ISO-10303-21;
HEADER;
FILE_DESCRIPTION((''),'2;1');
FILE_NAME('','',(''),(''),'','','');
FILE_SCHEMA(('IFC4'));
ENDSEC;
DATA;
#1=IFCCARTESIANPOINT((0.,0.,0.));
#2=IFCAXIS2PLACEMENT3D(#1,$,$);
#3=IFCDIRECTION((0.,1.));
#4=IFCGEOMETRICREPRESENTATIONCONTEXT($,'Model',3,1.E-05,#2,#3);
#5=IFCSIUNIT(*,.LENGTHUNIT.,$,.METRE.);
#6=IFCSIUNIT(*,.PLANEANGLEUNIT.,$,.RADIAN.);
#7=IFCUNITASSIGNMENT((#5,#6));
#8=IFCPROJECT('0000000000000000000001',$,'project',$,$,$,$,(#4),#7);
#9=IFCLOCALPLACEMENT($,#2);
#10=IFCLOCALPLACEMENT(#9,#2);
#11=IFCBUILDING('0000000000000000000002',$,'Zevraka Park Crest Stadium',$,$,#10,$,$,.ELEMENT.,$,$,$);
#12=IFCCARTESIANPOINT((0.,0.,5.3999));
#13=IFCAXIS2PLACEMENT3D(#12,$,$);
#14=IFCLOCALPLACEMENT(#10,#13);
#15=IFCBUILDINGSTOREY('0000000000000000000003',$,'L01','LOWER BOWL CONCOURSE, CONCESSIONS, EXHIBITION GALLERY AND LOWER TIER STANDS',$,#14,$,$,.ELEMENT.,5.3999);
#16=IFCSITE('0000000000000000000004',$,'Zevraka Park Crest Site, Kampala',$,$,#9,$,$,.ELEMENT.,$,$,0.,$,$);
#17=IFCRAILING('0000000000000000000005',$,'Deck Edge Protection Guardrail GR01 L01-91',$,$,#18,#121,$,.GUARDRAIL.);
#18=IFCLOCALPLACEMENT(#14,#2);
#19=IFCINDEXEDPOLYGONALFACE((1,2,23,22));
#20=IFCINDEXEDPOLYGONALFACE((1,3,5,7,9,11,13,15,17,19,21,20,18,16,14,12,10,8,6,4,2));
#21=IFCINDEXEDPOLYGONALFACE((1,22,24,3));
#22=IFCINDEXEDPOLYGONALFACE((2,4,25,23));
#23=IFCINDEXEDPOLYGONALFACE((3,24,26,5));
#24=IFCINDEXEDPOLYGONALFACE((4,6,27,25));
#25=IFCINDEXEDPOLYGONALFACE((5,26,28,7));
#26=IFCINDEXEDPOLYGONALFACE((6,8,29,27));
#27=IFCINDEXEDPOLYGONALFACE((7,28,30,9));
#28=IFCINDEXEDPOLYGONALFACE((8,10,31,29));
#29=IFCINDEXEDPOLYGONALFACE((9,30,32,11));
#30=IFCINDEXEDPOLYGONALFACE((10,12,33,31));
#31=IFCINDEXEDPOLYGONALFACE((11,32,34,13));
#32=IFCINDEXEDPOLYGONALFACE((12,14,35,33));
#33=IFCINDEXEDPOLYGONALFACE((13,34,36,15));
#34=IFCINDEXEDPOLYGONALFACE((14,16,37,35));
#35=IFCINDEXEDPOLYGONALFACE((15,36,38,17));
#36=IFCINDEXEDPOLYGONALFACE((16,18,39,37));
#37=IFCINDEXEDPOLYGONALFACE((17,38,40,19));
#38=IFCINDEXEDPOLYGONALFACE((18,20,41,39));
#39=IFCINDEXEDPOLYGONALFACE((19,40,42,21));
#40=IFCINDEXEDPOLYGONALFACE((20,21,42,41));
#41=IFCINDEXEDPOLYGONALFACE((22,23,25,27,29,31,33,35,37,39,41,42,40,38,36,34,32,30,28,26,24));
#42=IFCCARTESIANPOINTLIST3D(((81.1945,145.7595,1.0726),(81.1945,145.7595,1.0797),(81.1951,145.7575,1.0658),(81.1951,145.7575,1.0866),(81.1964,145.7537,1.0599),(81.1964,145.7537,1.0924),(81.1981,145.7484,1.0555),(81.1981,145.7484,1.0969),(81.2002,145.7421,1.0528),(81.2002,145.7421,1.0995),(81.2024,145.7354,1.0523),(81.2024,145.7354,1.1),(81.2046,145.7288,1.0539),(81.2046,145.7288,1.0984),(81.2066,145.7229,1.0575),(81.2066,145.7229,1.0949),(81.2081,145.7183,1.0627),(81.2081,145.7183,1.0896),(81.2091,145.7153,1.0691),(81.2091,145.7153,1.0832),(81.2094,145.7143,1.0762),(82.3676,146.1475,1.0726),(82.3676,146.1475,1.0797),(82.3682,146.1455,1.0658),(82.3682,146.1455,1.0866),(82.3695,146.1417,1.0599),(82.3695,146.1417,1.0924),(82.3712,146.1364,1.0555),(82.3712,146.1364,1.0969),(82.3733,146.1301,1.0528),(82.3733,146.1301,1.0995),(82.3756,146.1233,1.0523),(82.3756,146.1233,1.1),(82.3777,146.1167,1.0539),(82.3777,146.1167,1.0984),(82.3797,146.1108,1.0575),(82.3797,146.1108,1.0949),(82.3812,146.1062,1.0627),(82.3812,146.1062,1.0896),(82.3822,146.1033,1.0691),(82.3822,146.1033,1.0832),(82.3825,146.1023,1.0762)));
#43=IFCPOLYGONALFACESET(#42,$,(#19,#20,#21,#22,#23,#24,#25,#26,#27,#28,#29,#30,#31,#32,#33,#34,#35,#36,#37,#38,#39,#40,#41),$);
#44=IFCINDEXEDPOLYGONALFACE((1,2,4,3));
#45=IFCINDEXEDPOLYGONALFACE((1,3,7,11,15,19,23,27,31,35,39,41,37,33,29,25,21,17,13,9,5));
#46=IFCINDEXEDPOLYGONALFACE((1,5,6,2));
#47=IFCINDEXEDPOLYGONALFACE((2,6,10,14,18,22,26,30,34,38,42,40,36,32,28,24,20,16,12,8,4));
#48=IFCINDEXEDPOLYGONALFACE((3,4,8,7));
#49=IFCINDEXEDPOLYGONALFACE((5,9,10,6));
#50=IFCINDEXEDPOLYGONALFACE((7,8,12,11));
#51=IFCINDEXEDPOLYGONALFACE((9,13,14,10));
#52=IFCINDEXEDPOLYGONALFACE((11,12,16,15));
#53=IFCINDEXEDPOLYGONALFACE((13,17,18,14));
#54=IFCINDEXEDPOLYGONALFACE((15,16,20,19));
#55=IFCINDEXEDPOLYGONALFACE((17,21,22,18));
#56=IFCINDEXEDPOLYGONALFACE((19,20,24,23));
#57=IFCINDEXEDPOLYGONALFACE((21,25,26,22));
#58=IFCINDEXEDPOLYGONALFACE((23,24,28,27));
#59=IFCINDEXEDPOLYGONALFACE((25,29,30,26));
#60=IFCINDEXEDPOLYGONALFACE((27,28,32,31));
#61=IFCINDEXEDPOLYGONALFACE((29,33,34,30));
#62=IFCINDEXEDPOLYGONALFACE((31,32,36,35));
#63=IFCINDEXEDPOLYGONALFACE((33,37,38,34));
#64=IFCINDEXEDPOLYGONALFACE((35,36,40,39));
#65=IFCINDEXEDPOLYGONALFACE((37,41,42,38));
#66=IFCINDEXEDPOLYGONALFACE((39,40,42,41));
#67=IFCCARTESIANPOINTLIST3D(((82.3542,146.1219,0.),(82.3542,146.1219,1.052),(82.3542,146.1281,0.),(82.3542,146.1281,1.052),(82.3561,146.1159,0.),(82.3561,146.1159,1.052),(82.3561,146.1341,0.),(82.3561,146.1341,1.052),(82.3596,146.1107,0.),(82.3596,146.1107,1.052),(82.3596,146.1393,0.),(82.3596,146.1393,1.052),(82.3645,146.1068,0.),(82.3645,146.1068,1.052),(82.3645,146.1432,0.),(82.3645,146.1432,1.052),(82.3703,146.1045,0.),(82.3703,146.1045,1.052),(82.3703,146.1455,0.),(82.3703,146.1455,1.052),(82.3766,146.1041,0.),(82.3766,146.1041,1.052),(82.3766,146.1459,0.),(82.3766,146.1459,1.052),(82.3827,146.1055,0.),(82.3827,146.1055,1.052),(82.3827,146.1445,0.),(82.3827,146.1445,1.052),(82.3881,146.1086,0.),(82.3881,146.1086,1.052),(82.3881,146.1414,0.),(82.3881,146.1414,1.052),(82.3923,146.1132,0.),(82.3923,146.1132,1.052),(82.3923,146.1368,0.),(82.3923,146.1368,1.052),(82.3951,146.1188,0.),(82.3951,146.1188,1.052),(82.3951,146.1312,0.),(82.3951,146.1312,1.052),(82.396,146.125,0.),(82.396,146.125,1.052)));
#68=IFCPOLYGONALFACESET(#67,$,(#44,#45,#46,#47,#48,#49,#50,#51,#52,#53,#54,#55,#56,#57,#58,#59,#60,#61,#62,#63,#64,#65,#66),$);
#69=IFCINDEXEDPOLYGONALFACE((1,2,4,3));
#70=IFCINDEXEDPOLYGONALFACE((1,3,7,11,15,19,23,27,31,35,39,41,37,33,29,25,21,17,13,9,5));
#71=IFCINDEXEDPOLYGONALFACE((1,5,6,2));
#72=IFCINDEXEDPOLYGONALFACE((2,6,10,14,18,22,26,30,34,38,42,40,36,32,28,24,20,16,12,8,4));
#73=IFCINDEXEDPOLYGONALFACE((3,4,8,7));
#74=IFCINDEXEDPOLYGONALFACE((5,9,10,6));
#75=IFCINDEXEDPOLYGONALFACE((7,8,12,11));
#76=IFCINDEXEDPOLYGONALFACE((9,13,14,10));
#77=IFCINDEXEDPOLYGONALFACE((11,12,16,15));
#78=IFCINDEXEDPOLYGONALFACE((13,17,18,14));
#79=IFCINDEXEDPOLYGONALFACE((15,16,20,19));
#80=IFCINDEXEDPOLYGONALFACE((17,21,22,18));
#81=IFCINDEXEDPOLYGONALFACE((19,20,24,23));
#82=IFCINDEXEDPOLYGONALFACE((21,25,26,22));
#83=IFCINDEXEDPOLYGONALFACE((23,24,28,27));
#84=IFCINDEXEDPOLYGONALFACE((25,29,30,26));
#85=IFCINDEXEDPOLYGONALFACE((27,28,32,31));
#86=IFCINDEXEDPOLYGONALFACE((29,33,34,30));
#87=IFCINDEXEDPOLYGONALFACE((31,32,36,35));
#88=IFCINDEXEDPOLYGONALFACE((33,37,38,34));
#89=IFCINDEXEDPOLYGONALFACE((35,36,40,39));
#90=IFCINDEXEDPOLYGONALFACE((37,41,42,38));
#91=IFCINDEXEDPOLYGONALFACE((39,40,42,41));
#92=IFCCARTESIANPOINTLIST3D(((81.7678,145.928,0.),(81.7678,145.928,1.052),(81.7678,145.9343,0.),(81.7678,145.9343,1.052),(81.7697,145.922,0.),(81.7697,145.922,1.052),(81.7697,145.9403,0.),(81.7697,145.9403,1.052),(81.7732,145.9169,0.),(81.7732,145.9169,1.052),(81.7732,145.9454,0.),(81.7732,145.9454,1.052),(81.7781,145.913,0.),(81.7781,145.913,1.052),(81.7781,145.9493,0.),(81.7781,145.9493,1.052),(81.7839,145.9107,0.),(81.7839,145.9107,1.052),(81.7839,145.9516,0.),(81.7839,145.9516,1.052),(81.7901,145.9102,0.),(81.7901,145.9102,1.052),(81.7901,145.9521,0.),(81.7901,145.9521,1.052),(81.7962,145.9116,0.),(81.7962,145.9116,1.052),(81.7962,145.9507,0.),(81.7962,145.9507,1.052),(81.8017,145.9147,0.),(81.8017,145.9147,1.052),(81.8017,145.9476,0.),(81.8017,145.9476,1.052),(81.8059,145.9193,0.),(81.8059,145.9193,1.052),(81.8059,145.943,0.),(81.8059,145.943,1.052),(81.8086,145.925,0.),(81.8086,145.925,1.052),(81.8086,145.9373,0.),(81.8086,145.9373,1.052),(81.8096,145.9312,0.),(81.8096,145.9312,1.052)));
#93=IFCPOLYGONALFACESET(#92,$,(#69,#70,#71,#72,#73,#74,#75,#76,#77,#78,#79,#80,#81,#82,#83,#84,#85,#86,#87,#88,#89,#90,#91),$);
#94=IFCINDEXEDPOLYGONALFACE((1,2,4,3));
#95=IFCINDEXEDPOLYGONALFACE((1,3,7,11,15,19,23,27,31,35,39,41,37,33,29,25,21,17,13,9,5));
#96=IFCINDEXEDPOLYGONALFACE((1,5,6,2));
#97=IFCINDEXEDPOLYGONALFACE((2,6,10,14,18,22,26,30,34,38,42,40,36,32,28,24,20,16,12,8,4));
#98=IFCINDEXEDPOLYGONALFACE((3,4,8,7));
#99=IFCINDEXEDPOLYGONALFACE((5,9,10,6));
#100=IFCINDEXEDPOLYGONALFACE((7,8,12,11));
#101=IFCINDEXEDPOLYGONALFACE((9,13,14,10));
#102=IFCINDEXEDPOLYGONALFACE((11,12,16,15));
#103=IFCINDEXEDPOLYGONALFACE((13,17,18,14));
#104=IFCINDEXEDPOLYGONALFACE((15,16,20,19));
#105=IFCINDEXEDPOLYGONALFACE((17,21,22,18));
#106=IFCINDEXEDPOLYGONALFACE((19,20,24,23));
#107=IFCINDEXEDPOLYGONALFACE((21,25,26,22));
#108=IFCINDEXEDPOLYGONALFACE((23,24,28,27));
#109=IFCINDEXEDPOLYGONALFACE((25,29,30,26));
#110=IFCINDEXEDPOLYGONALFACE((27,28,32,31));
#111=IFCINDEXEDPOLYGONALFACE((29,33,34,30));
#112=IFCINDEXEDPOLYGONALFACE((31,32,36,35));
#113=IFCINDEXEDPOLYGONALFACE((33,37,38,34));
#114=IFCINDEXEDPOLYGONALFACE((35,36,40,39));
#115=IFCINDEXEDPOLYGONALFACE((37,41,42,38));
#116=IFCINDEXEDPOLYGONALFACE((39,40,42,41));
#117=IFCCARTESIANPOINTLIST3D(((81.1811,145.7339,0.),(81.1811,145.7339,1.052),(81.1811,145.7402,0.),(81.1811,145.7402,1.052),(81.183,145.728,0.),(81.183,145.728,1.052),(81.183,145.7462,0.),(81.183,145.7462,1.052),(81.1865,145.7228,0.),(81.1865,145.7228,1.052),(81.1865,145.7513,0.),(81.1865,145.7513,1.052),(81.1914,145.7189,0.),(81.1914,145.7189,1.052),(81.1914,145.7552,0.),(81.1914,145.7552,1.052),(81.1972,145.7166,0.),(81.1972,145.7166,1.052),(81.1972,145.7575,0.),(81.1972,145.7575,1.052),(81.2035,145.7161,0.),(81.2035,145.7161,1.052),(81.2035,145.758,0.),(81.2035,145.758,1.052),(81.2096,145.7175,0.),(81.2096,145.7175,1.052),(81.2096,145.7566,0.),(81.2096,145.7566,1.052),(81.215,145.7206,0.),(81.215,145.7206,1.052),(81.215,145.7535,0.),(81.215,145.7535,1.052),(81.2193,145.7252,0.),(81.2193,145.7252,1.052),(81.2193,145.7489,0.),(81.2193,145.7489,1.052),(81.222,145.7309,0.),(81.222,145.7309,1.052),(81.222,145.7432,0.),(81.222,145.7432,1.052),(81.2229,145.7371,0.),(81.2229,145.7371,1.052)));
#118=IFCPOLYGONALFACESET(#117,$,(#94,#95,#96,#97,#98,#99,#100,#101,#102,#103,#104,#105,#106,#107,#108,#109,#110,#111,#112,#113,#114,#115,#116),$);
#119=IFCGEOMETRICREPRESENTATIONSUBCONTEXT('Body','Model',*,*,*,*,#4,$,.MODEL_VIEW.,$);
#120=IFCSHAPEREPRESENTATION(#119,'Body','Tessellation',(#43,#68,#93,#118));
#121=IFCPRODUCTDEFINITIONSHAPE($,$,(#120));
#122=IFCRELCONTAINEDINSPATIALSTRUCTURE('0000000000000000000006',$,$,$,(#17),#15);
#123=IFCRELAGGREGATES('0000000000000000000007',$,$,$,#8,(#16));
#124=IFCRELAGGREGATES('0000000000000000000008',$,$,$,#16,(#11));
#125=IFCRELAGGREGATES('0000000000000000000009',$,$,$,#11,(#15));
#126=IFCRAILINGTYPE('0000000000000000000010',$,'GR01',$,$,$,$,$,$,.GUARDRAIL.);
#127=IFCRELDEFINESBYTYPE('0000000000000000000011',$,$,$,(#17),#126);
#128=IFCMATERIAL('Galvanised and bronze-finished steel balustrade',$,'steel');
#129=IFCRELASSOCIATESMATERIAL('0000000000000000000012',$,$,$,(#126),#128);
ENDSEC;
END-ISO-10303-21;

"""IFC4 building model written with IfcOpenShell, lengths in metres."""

from ifc_helpers import new_model, si_unit, direction, frame, origin, origin_2d, place, context, subcontext, project, spatial, circle, extrude, material, type_object, element, save


model = new_model("IFC4")

# Units and contexts
model_context = context("Model", 3, precision=1e-05, world=origin(), true_north=direction((0.0, 1.0)))
body_context = subcontext(model_context, "Body", "Model", "MODEL_VIEW")
ifc_project = project(units=[si_unit("LENGTHUNIT", "METRE"), si_unit("PLANEANGLEUNIT", "RADIAN")], contexts=[model_context])

# Site, building, storey
site_placement = place(None, origin())
site = spatial("IfcSite", under=ifc_project, at=site_placement, Name="Zevraka Park Crest Site, Kampala", CompositionType="ELEMENT", RefElevation=0.0)
building_placement = place(site_placement, origin())
building = spatial("IfcBuilding", under=site, at=building_placement, Name="Zevraka Park Crest Stadium", CompositionType="ELEMENT")
storey_placement = place(building_placement, frame((0.0, 0.0, 5.3999)))
storey = spatial("IfcBuildingStorey", under=building, at=storey_placement, Name="L01", Description="LOWER BOWL CONCOURSE, CONCESSIONS, EXHIBITION GALLERY AND LOWER TIER STANDS", CompositionType="ELEMENT", Elevation=5.3999)

# Railing
ifc_material_1 = material(Name="Galvanised and bronze-finished steel balustrade", Category="steel")
railing_type_1 = type_object("IfcRailingType", Name="GR01", PredefinedType="GUARDRAIL", material=ifc_material_1)
railing_1_placement = place(storey_placement, frame((82.375, 146.125, 0.0)))
element("IfcRailing", 1, at=railing_1_placement, inside=storey, type_object=railing_type_1, Name="Deck Edge Protection Guardrail GR01 L01-91", PredefinedType="GUARDRAIL", context=body_context, shape_type="SweptSolid", body=[
    extrude(circle(Radius=0.0239, at=origin_2d()), frame((0.0, 0.0, 1.0762), z_axis=(-0.949431, -0.313974, 0.0), x_axis=(0.313974, -0.949431, 0.0)), (0.0, 0.0, 1.0), 1.2356),
    extrude(circle(Radius=0.021, at=origin_2d()), origin(), (0.0, 0.0, 1.0), 1.052),
    extrude(circle(Radius=0.021, at=origin_2d()), frame((-0.5864, -0.1938, 0.0)), (0.0, 0.0, 1.0), 1.052),
    extrude(circle(Radius=0.021, at=origin_2d()), frame((-1.1731, -0.3879, 0.0)), (0.0, 0.0, 1.0), 1.052),
])

save(model, "model.ifc")
